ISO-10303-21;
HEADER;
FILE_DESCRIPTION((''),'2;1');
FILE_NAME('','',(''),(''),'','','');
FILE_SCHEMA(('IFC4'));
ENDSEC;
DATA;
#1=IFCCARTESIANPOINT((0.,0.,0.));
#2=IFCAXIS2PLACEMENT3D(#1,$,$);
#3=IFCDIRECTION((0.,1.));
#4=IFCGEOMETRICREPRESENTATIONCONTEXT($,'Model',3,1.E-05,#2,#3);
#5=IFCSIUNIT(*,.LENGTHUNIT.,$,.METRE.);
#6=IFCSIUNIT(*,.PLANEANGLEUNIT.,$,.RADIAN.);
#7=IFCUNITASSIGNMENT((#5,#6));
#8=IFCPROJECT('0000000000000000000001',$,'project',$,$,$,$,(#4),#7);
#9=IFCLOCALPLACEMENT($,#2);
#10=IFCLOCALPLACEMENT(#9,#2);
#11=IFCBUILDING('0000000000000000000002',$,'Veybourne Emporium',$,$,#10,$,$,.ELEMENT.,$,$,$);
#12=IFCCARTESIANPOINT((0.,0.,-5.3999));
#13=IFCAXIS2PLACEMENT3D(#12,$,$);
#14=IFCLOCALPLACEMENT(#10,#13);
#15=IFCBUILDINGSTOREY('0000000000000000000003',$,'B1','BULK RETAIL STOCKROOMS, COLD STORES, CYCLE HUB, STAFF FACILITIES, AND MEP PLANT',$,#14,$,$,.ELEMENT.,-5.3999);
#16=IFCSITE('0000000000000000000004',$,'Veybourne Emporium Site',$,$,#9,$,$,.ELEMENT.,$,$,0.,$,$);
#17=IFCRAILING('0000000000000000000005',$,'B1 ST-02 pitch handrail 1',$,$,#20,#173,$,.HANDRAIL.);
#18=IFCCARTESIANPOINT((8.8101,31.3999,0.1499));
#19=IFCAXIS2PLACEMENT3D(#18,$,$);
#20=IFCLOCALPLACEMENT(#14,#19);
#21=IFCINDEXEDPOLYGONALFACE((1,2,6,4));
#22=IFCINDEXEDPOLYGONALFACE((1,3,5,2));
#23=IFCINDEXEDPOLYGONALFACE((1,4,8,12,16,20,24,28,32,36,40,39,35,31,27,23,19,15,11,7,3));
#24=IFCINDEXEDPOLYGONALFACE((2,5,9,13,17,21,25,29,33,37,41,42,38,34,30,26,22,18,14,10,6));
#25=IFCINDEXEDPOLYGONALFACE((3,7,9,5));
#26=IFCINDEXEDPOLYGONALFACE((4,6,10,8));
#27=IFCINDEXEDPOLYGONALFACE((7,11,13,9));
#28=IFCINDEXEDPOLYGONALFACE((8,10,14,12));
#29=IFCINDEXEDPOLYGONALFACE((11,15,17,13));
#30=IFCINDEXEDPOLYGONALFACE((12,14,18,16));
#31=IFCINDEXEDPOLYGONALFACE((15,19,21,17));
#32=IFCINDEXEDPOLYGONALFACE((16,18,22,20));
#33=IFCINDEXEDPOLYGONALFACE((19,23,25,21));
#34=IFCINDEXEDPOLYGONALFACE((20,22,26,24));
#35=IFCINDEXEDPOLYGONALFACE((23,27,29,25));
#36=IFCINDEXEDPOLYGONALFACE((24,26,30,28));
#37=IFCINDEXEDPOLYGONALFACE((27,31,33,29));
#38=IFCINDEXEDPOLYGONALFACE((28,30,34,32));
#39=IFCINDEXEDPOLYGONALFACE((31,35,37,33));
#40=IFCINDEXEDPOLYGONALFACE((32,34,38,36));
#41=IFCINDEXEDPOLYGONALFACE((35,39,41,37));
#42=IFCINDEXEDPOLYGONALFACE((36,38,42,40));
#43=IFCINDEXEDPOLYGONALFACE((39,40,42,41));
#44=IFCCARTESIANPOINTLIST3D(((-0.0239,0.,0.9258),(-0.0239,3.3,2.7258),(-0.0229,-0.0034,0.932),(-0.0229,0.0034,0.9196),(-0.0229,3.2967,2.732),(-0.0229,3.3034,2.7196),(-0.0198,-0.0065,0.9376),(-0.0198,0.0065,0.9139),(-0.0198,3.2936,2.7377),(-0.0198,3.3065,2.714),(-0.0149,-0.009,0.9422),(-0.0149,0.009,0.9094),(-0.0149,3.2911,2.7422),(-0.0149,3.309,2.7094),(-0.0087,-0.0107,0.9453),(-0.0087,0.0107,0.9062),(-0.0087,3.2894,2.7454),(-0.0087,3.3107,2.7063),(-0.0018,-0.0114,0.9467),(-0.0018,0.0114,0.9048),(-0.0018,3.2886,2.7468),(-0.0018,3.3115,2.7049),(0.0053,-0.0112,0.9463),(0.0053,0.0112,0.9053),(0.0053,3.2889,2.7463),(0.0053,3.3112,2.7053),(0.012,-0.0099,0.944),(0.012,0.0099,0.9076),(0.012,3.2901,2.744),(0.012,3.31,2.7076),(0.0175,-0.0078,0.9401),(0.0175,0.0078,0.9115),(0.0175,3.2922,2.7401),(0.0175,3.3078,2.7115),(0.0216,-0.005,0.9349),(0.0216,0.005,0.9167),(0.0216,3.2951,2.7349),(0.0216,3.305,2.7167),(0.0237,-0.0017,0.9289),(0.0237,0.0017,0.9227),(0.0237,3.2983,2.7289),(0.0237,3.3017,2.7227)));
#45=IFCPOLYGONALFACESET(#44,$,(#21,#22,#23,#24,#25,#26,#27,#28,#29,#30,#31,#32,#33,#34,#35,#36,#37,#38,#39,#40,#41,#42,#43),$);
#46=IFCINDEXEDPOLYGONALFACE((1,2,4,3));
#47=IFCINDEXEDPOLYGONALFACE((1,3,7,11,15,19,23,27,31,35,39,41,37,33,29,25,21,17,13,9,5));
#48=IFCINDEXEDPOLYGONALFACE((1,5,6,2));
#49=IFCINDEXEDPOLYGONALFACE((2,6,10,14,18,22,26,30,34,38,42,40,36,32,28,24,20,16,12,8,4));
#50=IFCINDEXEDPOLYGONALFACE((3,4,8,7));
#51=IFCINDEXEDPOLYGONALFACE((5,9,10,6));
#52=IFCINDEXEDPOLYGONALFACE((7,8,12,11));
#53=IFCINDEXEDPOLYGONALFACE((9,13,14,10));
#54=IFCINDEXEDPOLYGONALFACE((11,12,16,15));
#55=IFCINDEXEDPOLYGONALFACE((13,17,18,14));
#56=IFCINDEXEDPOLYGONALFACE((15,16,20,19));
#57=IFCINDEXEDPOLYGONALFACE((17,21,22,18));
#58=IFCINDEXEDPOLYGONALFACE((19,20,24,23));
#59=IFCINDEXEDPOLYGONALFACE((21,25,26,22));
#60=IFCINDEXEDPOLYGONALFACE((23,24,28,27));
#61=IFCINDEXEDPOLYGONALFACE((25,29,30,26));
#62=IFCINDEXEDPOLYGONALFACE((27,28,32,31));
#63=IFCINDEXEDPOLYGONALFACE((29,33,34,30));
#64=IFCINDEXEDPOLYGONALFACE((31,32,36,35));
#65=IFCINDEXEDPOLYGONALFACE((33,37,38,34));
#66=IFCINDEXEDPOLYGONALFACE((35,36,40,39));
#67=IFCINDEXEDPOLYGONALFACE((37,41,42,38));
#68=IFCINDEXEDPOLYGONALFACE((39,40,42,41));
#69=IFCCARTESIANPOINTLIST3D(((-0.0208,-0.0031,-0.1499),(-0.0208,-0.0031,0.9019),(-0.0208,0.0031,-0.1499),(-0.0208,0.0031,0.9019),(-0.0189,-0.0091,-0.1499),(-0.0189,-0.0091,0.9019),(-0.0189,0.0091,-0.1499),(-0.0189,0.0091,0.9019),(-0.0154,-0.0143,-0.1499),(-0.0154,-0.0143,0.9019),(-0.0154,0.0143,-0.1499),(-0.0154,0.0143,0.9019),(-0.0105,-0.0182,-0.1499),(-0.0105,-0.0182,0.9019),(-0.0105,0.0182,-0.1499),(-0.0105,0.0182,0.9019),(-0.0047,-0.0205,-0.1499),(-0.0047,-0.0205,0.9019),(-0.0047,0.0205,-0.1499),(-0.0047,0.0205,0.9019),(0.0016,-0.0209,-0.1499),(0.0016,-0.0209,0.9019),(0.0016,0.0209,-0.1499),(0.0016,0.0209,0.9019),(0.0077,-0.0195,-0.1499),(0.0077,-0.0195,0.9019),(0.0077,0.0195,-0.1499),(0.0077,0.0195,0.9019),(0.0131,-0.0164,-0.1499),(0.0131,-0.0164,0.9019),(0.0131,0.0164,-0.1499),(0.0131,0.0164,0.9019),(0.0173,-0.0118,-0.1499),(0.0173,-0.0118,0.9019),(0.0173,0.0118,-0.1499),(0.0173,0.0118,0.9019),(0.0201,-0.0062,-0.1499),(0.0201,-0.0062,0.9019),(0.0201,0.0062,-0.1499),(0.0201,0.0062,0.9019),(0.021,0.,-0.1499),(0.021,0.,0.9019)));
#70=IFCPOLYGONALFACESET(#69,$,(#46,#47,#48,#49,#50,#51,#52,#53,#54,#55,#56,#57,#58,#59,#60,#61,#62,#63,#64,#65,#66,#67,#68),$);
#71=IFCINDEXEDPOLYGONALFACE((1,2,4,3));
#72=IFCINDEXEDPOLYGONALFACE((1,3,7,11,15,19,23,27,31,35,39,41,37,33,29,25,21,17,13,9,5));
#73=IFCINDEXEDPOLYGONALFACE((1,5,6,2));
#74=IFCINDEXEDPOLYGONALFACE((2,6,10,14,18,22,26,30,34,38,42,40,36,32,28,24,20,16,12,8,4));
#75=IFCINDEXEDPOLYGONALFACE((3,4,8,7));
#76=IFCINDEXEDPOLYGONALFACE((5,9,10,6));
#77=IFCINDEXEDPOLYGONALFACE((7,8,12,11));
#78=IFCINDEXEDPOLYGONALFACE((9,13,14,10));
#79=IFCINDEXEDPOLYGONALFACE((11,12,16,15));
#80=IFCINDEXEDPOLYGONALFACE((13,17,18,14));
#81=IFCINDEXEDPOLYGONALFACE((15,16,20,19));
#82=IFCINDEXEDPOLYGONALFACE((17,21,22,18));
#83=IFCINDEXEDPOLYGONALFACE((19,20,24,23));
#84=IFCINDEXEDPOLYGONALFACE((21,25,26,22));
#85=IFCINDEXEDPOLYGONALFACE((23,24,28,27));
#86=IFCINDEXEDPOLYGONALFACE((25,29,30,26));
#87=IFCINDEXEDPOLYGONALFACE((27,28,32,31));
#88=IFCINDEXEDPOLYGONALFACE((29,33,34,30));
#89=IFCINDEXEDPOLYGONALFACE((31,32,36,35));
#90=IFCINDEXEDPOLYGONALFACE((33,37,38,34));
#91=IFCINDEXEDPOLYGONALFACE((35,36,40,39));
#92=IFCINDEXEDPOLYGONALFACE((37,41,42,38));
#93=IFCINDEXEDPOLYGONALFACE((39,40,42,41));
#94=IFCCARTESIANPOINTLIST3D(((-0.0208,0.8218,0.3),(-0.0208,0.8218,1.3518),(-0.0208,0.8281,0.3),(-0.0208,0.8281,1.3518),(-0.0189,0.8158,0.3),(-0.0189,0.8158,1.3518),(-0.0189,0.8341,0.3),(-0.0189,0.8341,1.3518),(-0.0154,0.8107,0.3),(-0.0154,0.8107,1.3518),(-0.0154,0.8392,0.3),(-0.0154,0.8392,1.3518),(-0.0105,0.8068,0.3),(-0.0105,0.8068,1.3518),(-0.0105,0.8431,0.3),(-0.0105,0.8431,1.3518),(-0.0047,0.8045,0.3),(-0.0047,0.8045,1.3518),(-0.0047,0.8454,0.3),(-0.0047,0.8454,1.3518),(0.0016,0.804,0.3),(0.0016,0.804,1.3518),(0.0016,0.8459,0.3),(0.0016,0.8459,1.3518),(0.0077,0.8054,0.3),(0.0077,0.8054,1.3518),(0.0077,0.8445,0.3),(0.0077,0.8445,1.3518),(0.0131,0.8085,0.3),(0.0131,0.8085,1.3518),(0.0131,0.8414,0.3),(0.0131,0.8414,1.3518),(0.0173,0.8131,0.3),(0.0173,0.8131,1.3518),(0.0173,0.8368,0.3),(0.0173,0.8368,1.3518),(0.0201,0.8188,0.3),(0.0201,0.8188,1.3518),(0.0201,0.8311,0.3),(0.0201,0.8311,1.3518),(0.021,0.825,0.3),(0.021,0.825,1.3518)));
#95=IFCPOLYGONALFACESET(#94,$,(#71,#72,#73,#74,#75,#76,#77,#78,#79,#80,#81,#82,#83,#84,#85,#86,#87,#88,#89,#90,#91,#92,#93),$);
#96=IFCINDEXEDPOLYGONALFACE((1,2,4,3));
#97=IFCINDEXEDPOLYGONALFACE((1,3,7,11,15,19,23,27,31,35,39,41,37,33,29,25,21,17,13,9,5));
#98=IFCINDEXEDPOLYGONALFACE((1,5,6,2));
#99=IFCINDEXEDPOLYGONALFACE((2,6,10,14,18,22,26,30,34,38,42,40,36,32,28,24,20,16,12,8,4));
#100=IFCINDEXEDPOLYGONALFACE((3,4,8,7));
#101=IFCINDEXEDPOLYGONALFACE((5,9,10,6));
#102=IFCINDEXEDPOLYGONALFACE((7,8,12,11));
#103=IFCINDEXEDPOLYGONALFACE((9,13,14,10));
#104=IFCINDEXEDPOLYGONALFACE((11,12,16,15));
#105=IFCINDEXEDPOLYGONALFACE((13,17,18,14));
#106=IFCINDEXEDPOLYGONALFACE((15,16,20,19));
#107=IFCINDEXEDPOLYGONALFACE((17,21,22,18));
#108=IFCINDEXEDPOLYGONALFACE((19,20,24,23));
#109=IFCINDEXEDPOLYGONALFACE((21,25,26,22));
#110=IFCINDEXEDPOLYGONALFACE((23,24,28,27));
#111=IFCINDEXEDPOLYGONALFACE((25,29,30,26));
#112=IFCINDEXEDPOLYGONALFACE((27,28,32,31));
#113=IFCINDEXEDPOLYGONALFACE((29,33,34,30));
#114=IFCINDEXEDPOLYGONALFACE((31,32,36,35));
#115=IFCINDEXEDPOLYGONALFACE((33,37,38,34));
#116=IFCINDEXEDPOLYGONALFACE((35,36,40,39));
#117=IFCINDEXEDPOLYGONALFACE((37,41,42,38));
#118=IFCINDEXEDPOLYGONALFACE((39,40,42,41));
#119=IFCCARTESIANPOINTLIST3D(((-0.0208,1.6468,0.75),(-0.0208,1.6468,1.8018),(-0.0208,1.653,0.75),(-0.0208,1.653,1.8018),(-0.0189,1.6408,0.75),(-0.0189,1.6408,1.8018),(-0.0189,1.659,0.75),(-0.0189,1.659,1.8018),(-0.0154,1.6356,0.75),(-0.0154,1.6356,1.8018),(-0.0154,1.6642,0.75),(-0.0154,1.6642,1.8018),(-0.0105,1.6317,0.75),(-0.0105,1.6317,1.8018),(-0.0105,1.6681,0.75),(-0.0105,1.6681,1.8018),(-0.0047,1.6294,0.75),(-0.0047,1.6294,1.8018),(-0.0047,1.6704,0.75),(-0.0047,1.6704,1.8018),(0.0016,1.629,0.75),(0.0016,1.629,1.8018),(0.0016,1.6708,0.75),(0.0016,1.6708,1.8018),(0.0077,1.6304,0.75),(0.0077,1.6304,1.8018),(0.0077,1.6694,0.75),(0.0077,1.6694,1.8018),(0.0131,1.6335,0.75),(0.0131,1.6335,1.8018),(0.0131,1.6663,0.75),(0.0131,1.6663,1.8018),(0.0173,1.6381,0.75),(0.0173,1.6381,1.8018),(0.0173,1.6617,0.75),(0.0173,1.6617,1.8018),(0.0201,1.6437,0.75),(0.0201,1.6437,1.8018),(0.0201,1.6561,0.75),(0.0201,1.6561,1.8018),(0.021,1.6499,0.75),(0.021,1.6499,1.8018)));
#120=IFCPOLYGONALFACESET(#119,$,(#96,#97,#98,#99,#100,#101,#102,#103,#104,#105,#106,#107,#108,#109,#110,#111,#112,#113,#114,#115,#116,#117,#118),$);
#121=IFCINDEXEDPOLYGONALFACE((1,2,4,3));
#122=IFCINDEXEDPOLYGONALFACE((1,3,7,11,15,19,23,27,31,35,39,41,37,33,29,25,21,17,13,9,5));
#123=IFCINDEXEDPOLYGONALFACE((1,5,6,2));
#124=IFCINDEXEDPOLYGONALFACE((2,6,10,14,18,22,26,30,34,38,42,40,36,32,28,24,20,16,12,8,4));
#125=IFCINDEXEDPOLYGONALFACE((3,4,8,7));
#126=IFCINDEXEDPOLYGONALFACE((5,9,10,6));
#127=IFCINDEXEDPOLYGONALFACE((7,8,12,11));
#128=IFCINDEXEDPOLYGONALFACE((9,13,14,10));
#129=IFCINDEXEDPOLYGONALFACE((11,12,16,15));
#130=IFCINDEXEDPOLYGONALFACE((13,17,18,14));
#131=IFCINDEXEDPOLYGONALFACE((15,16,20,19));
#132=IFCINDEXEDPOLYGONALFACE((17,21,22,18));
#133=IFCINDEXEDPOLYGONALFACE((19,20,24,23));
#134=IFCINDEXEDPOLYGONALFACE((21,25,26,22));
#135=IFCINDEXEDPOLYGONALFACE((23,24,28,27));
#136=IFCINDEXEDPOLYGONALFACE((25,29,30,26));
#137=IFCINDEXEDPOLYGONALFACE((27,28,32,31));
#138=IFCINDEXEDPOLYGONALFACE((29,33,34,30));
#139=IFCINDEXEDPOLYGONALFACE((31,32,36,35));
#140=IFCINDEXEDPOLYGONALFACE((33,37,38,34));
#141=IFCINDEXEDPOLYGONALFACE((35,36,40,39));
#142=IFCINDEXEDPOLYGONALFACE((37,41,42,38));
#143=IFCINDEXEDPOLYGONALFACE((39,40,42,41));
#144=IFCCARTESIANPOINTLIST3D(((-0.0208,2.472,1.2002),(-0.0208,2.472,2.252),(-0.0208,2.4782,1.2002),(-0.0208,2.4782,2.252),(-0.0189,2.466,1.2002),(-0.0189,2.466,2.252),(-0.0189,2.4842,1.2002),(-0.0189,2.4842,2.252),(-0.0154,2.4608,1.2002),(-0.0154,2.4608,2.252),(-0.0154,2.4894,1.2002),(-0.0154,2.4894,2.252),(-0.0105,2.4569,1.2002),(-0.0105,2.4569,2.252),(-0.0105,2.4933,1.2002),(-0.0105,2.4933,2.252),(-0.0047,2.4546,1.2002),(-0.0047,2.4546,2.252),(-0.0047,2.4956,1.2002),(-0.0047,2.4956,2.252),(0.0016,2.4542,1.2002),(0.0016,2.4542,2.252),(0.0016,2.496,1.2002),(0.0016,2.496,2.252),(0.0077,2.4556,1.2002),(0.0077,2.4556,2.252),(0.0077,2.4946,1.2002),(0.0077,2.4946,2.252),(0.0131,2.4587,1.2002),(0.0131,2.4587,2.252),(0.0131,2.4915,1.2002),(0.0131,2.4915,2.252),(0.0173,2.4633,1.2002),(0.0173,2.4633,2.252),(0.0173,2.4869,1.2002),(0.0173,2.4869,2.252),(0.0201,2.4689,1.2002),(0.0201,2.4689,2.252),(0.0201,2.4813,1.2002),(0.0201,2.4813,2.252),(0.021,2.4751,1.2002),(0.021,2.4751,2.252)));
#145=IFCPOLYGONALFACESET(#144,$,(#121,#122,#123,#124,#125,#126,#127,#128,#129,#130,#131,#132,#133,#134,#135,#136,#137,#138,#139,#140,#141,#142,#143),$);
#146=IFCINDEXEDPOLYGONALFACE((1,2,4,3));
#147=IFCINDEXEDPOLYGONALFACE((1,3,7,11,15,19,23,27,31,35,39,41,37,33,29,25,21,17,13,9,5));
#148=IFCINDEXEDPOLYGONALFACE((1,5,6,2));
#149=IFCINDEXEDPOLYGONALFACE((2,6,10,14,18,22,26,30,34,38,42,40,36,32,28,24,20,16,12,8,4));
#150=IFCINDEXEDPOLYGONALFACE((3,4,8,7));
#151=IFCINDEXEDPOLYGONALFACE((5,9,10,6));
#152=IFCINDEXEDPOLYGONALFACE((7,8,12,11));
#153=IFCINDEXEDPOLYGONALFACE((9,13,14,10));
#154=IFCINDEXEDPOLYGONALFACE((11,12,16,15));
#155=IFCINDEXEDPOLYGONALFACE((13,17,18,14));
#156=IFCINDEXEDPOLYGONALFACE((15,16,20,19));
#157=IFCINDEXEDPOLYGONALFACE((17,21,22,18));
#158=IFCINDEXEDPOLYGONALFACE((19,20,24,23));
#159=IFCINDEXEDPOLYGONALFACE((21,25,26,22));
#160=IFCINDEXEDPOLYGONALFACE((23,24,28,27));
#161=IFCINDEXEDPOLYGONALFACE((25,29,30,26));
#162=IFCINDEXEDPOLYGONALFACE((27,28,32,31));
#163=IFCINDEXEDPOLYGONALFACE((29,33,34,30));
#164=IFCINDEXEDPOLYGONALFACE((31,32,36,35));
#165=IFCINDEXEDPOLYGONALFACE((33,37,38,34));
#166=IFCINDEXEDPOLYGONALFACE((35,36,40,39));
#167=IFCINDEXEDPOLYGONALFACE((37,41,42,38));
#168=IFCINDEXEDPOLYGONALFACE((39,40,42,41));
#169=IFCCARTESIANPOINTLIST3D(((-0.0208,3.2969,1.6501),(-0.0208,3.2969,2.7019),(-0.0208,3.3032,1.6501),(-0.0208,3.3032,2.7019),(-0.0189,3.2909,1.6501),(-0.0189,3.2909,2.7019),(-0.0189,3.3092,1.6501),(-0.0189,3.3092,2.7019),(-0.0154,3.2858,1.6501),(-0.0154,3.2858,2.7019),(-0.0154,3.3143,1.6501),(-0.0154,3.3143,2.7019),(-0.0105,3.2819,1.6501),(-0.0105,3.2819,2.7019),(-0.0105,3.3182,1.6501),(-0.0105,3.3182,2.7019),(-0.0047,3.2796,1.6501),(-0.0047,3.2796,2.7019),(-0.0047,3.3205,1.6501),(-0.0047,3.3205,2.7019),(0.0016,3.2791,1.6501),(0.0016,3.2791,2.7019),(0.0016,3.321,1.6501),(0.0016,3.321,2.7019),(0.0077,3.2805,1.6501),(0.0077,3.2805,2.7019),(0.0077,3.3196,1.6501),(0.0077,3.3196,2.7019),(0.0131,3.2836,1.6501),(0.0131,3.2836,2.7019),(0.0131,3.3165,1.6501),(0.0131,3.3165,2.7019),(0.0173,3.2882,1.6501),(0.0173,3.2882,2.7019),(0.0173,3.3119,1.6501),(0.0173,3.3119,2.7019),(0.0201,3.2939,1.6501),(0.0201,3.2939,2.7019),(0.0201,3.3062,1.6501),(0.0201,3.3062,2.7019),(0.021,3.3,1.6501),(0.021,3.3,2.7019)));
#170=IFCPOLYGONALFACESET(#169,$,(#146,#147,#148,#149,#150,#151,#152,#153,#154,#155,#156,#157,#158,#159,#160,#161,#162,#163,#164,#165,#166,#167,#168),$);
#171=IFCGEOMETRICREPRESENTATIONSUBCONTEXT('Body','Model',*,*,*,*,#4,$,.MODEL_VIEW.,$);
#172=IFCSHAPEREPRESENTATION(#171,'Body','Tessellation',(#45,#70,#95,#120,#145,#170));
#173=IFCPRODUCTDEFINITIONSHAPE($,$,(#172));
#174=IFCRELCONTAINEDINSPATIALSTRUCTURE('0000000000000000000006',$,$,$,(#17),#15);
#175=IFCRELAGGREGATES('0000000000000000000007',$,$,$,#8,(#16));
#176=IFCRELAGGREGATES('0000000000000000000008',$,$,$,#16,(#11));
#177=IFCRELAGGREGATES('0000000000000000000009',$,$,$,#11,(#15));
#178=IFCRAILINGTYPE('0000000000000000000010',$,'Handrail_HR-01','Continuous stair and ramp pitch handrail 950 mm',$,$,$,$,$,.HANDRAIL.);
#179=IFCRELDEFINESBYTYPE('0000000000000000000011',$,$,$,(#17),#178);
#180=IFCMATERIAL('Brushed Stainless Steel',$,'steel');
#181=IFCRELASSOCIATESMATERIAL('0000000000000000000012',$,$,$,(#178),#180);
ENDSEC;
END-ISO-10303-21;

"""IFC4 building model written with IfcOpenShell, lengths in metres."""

from ifc_helpers import new_model, si_unit, direction, frame, origin, origin_2d, place, context, subcontext, project, spatial, circle, extrude, material, type_object, element, save


model = new_model("IFC4")

# Units and contexts
model_context = context("Model", 3, precision=1e-05, world=origin(), true_north=direction((0.0, 1.0)))
body_context = subcontext(model_context, "Body", "Model", "MODEL_VIEW")
ifc_project = project(units=[si_unit("LENGTHUNIT", "METRE"), si_unit("PLANEANGLEUNIT", "RADIAN")], contexts=[model_context])

# Site, building, storey
site_placement = place(None, origin())
site = spatial("IfcSite", under=ifc_project, at=site_placement, Name="Veybourne Emporium Site", CompositionType="ELEMENT", RefElevation=0.0)
building_placement = place(site_placement, origin())
building = spatial("IfcBuilding", under=site, at=building_placement, Name="Veybourne Emporium", CompositionType="ELEMENT")
storey_placement = place(building_placement, frame((0.0, 0.0, -5.3999)))
storey = spatial("IfcBuildingStorey", under=building, at=storey_placement, Name="B1", Description="BULK RETAIL STOCKROOMS, COLD STORES, CYCLE HUB, STAFF FACILITIES, AND MEP PLANT", CompositionType="ELEMENT", Elevation=-5.3999)

# Railing
ifc_material_1 = material(Name="Brushed Stainless Steel", Category="steel")
railing_type_1 = type_object("IfcRailingType", Name="Handrail_HR-01", Description="Continuous stair and ramp pitch handrail 950 mm", PredefinedType="HANDRAIL", material=ifc_material_1)
railing_1_placement = place(storey_placement, frame((8.8101, 31.3999, 0.1499)))
element("IfcRailing", 1, at=railing_1_placement, inside=storey, type_object=railing_type_1, Name="B1 ST-02 pitch handrail 1", PredefinedType="HANDRAIL", context=body_context, shape_type="SweptSolid", body=[
    extrude(circle(Radius=0.0239, at=origin_2d()), frame((0.0, 0.0, 0.9258), z_axis=(0.0, 0.877893, 0.478857), x_axis=(-1.0, 0.0, 0.0)), (0.0, 0.0, 1.0), 3.759),
    extrude(circle(Radius=0.021, at=origin_2d()), frame((0.0, 0.0, -0.1499)), (0.0, 0.0, 1.0), 1.0518),
    extrude(circle(Radius=0.021, at=origin_2d()), frame((0.0, 0.825, 0.3)), (0.0, 0.0, 1.0), 1.0518),
    extrude(circle(Radius=0.021, at=origin_2d()), frame((0.0, 1.6499, 0.75)), (0.0, 0.0, 1.0), 1.0518),
    extrude(circle(Radius=0.021, at=origin_2d()), frame((0.0, 2.4751, 1.2002)), (0.0, 0.0, 1.0), 1.0518),
    extrude(circle(Radius=0.021, at=origin_2d()), frame((0.0, 3.3, 1.6501)), (0.0, 0.0, 1.0), 1.0518),
])

save(model, "model.ifc")
